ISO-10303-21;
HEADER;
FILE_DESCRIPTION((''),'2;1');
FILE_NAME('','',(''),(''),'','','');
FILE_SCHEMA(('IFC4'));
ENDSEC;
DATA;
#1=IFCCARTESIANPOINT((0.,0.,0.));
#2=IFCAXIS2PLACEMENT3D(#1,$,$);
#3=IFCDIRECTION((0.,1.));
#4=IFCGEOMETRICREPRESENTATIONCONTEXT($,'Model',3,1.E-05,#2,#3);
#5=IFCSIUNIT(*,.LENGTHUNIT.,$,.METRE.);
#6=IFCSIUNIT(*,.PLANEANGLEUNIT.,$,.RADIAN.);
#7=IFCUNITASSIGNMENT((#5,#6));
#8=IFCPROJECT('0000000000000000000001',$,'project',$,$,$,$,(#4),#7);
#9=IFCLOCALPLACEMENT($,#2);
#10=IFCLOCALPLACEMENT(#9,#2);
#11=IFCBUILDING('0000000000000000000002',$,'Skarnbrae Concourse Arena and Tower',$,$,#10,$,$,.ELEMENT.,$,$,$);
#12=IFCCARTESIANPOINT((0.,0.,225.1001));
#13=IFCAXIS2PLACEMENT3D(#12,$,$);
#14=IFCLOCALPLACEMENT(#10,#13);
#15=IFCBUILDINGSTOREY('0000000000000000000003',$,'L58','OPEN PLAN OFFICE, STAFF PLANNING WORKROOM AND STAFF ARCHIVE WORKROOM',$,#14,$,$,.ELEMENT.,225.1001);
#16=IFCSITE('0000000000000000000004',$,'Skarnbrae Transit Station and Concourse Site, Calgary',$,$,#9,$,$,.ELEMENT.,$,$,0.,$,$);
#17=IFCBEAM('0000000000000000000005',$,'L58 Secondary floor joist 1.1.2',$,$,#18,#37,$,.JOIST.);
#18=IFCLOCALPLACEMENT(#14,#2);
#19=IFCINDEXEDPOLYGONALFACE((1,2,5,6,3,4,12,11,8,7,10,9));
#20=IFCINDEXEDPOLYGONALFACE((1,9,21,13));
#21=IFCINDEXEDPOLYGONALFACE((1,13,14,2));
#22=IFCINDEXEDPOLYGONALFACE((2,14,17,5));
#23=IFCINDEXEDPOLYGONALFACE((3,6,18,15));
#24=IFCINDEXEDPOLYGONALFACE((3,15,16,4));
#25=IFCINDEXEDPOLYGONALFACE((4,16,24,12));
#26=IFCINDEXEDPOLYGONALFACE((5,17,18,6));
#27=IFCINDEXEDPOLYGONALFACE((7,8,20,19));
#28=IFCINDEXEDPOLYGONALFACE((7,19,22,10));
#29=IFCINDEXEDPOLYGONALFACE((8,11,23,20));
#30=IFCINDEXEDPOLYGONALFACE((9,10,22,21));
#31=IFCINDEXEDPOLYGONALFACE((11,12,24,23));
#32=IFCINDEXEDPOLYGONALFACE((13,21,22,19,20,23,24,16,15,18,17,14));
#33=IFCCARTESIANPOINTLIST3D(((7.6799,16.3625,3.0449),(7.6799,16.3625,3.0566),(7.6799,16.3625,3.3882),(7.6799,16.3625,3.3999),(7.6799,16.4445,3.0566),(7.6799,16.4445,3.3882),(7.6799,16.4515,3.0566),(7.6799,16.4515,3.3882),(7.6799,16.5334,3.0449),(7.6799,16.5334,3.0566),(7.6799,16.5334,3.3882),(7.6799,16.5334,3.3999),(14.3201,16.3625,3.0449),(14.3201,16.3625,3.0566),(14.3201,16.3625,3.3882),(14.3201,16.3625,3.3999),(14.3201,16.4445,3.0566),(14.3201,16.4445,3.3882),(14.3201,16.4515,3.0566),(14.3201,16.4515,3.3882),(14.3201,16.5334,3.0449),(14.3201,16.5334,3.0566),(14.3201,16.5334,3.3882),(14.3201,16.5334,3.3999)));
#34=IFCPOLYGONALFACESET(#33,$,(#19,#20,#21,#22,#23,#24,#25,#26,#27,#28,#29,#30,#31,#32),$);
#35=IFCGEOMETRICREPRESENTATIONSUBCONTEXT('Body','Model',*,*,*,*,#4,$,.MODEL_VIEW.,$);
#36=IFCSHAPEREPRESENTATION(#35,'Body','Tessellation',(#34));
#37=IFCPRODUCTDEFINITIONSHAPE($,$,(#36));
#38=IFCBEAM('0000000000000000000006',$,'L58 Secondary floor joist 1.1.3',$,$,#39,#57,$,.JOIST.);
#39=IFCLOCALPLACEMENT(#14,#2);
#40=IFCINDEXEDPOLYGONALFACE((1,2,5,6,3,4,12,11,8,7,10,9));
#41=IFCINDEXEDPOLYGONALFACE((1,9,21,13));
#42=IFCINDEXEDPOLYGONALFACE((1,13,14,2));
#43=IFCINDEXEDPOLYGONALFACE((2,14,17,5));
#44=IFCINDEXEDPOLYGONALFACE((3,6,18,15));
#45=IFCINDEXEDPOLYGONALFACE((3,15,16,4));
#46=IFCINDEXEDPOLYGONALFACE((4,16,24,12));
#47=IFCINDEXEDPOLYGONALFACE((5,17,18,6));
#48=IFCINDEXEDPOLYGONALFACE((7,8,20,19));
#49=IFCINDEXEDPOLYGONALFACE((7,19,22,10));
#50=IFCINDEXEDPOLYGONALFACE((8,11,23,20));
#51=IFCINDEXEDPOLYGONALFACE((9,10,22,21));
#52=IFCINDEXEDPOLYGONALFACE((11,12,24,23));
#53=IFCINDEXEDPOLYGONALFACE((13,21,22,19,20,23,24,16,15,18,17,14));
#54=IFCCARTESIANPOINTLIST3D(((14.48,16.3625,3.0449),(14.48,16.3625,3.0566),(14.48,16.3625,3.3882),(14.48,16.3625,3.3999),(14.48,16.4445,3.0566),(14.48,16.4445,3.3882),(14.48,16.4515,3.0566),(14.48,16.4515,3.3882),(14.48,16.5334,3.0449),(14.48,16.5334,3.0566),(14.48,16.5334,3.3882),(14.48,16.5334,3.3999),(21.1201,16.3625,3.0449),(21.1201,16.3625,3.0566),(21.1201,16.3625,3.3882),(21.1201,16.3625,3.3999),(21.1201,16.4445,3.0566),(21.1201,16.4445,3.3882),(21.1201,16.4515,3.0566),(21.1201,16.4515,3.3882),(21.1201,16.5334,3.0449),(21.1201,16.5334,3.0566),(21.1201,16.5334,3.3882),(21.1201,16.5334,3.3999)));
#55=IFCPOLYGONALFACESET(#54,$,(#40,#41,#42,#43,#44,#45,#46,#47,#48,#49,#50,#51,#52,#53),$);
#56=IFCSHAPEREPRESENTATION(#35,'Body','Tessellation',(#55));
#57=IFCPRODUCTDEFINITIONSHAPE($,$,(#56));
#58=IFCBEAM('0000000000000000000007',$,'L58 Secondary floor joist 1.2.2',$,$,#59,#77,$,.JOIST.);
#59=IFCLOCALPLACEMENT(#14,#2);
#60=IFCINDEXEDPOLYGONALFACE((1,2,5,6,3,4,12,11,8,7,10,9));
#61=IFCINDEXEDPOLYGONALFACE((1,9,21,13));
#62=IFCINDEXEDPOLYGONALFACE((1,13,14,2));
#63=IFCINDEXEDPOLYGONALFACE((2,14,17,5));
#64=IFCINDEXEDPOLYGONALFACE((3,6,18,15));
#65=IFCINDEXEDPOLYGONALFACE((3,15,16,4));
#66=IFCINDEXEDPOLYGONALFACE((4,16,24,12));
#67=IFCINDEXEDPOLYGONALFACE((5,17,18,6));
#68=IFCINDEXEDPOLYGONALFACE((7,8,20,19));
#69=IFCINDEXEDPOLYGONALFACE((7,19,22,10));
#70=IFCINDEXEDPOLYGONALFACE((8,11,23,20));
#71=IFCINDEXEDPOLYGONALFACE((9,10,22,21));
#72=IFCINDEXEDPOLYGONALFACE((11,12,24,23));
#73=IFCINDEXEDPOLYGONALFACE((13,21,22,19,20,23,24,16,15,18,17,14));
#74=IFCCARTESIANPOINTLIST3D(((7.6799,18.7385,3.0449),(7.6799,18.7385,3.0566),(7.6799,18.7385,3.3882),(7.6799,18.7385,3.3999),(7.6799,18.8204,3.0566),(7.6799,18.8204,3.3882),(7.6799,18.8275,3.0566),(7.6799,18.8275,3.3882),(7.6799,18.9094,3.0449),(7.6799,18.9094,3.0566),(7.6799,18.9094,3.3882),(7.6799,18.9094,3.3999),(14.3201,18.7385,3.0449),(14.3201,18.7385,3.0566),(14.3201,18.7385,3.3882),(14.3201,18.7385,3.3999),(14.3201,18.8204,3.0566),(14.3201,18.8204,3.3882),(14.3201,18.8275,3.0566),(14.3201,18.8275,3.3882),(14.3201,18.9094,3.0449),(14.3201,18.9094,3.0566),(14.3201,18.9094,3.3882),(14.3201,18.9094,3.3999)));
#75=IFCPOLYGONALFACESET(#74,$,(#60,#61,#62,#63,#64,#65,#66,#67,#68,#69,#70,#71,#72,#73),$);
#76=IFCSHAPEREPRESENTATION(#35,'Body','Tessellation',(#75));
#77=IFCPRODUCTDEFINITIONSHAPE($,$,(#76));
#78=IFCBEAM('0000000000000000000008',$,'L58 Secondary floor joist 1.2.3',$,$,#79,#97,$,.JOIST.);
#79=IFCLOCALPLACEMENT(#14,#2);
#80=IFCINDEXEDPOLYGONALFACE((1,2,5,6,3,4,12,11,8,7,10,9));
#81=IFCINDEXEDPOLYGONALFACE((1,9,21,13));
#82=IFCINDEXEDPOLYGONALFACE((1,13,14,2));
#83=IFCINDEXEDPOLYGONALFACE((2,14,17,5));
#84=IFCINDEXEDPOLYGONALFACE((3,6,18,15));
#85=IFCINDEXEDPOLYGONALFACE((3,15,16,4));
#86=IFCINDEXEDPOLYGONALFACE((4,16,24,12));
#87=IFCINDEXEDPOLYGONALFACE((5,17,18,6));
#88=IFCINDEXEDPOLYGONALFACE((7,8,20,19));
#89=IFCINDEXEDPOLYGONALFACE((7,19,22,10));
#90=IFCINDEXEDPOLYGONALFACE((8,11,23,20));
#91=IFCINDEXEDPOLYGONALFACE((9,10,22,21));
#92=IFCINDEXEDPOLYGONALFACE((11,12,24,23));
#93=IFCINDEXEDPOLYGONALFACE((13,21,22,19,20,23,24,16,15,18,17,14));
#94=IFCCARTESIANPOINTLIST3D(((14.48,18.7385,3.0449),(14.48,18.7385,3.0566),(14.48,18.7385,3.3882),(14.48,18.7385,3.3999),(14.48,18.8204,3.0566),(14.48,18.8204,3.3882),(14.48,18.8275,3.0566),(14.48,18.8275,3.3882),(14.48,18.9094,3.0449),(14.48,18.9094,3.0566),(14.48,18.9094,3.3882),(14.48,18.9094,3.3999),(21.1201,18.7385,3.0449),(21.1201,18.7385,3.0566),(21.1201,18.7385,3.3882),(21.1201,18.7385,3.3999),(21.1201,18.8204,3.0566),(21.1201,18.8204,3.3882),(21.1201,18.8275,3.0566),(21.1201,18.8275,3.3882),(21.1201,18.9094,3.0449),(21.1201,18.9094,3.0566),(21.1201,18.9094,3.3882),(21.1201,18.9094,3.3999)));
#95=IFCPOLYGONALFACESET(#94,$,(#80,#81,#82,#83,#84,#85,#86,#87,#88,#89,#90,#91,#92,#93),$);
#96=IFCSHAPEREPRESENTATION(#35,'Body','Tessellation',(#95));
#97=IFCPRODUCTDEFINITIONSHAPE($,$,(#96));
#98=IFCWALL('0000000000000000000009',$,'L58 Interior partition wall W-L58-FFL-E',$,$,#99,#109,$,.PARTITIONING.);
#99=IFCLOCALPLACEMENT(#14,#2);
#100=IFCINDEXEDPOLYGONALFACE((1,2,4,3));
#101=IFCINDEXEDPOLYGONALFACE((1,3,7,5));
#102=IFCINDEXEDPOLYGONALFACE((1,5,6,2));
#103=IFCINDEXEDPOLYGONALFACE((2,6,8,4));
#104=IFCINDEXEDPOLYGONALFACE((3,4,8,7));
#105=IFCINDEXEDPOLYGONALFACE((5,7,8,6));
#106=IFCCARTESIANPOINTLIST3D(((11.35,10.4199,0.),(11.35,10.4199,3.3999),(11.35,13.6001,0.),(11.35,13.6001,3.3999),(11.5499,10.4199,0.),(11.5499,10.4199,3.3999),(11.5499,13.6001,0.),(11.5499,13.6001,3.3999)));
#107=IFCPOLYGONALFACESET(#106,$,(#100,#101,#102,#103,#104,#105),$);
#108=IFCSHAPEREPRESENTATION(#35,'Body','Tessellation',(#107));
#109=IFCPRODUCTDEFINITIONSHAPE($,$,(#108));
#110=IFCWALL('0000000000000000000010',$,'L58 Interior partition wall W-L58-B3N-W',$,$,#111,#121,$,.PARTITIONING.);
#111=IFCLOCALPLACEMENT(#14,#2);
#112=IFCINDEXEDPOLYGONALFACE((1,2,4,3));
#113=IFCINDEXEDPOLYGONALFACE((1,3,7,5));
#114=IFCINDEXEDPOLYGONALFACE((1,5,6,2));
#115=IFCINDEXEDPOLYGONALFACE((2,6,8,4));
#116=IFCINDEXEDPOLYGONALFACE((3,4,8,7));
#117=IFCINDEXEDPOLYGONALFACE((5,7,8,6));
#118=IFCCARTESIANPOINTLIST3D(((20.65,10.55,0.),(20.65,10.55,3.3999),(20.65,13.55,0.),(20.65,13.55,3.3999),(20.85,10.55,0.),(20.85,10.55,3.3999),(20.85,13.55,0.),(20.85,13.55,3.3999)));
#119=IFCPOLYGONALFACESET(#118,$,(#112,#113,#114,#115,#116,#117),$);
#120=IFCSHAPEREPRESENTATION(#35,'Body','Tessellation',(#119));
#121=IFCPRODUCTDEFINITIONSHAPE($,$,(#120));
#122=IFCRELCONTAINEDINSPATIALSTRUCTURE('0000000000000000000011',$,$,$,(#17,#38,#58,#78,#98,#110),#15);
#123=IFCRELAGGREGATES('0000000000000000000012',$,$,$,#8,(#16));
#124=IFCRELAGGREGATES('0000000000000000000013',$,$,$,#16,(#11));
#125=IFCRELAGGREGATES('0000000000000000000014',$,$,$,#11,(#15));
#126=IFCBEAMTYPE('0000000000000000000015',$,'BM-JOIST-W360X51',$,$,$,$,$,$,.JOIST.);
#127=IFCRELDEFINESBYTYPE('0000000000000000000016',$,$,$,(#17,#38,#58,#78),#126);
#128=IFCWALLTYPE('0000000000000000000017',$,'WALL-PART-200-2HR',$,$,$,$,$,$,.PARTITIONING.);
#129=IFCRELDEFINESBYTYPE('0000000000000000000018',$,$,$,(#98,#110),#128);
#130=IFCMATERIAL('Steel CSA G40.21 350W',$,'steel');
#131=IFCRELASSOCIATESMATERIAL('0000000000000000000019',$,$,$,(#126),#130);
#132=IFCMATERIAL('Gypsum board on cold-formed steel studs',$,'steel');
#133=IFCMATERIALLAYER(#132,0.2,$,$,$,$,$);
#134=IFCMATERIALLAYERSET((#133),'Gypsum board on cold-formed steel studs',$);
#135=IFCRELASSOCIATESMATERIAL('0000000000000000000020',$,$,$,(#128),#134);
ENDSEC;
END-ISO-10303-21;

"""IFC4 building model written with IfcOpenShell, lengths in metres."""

from ifc_helpers import new_model, si_unit, direction, frame, frame_2d, origin, origin_2d, place, context, subcontext, project, spatial, rectangle, i_section, extrude, source, transform, mapped, material, layer, layer_set, material_profile, profile_set, type_object, element, save


model = new_model("IFC4")

# Units and contexts
model_context = context("Model", 3, precision=1e-05, world=origin(), true_north=direction((0.0, 1.0)))
body_context = subcontext(model_context, "Body", "Model", "MODEL_VIEW")
ifc_project = project(units=[si_unit("LENGTHUNIT", "METRE"), si_unit("PLANEANGLEUNIT", "RADIAN")], contexts=[model_context])

# Site, building, storey
site_placement = place(None, origin())
site = spatial("IfcSite", under=ifc_project, at=site_placement, Name="Skarnbrae Transit Station and Concourse Site, Calgary", CompositionType="ELEMENT", RefElevation=0.0)
building_placement = place(site_placement, origin())
building = spatial("IfcBuilding", under=site, at=building_placement, Name="Skarnbrae Concourse Arena and Tower", CompositionType="ELEMENT")
storey_placement = place(building_placement, frame((0.0, 0.0, 225.1001)))
storey = spatial("IfcBuildingStorey", under=building, at=storey_placement, Name="L58", Description="OPEN PLAN OFFICE, STAFF PLANNING WORKROOM AND STAFF ARCHIVE WORKROOM", CompositionType="ELEMENT", Elevation=225.1001)

# Shared definitions
ifc_material_1 = material(Name="Steel CSA G40.21 350W", Category="steel")

# Beams
ifc_material_profile_1 = material_profile(ifc_material_1, i_section(OverallWidth=0.1709, OverallDepth=0.355, WebThickness=0.0071, FlangeThickness=0.0117, at=origin_2d()), Name="W360X51")
ifc_profile_set_1 = profile_set([ifc_material_profile_1], Name="Steel CSA G40.21 350W")
beam_type_1 = type_object("IfcBeamType", Name="BM-JOIST-W360X51", PredefinedType="JOIST", material=ifc_profile_set_1)
shared_shape_1 = source(origin(), body_context, "Body", "SweptSolid", [
    extrude(i_section(OverallWidth=0.1709, OverallDepth=0.355, WebThickness=0.0071, FlangeThickness=0.0117, at=origin_2d()), origin(), (0.0, 0.0, 1.0), 6.6401),
])
for number, where, z_axis, x_axis, name in (
    (1, (7.6799, 16.448, 3.2224), (1.0, 0.0, 0.0), (0.0, 1.0, 0.0), "L58 Secondary floor joist 1.1.2"),
    (2, (14.48, 16.448, 3.2224), (1.0, 0.0, 0.0), (0.0, 1.0, 0.0), "L58 Secondary floor joist 1.1.3"),
    (3, (7.6799, 18.824, 3.2224), (1.0, 0.0, 0.0), (0.0, 1.0, 0.0), "L58 Secondary floor joist 1.2.2"),
    (4, (14.48, 18.824, 3.2224), (1.0, 0.0, 0.0), (0.0, 1.0, 0.0), "L58 Secondary floor joist 1.2.3"),
):
    element("IfcBeam", number, at=place(storey_placement, frame(where, z_axis=z_axis, x_axis=x_axis)), inside=storey, type_object=beam_type_1, Name=name, PredefinedType="JOIST", context=body_context, shape_type="MappedRepresentation", body=[
        mapped(shared_shape_1, transform((0.0, 0.0, 0.0))),
    ])

# Wall
ifc_material_2 = material(Name="Gypsum board on cold-formed steel studs", Category="steel")
ifc_layer_1 = layer(ifc_material_2, 0.2)
ifc_layer_set_1 = layer_set([ifc_layer_1], Name="Gypsum board on cold-formed steel studs")
wall_type_1 = type_object("IfcWallType", Name="WALL-PART-200-2HR", PredefinedType="PARTITIONING", material=ifc_layer_set_1)
shared_shape_2 = source(origin(), body_context, "Body", "SweptSolid", [
    extrude(rectangle(XDim=3.1802, YDim=0.2, at=frame_2d((1.5901, 0.0))), origin(), (0.0, 0.0, 1.0), 3.3999),
])
wall_1_placement = place(storey_placement, frame((11.45, 10.4199, 0.0), z_axis=(0.0, 0.0, 1.0), x_axis=(0.0, 1.0, 0.0)))
element("IfcWall", 5, at=wall_1_placement, inside=storey, type_object=wall_type_1, Name="L58 Interior partition wall W-L58-FFL-E", PredefinedType="PARTITIONING", context=body_context, shape_type="MappedRepresentation", body=[
    mapped(shared_shape_2, transform((0.0, 0.0, 0.0))),
])

# Wall
shared_shape_3 = source(origin(), body_context, "Body", "SweptSolid", [
    extrude(rectangle(XDim=3.0, YDim=0.2, at=frame_2d((1.5, 0.0))), origin(), (0.0, 0.0, 1.0), 3.3999),
])
wall_2_placement = place(storey_placement, frame((20.75, 10.55, 0.0), z_axis=(0.0, 0.0, 1.0), x_axis=(0.0, 1.0, 0.0)))
element("IfcWall", 6, at=wall_2_placement, inside=storey, type_object=wall_type_1, Name="L58 Interior partition wall W-L58-B3N-W", PredefinedType="PARTITIONING", context=body_context, shape_type="MappedRepresentation", body=[
    mapped(shared_shape_3, transform((0.0, 0.0, 0.0))),
])

save(model, "model.ifc")
